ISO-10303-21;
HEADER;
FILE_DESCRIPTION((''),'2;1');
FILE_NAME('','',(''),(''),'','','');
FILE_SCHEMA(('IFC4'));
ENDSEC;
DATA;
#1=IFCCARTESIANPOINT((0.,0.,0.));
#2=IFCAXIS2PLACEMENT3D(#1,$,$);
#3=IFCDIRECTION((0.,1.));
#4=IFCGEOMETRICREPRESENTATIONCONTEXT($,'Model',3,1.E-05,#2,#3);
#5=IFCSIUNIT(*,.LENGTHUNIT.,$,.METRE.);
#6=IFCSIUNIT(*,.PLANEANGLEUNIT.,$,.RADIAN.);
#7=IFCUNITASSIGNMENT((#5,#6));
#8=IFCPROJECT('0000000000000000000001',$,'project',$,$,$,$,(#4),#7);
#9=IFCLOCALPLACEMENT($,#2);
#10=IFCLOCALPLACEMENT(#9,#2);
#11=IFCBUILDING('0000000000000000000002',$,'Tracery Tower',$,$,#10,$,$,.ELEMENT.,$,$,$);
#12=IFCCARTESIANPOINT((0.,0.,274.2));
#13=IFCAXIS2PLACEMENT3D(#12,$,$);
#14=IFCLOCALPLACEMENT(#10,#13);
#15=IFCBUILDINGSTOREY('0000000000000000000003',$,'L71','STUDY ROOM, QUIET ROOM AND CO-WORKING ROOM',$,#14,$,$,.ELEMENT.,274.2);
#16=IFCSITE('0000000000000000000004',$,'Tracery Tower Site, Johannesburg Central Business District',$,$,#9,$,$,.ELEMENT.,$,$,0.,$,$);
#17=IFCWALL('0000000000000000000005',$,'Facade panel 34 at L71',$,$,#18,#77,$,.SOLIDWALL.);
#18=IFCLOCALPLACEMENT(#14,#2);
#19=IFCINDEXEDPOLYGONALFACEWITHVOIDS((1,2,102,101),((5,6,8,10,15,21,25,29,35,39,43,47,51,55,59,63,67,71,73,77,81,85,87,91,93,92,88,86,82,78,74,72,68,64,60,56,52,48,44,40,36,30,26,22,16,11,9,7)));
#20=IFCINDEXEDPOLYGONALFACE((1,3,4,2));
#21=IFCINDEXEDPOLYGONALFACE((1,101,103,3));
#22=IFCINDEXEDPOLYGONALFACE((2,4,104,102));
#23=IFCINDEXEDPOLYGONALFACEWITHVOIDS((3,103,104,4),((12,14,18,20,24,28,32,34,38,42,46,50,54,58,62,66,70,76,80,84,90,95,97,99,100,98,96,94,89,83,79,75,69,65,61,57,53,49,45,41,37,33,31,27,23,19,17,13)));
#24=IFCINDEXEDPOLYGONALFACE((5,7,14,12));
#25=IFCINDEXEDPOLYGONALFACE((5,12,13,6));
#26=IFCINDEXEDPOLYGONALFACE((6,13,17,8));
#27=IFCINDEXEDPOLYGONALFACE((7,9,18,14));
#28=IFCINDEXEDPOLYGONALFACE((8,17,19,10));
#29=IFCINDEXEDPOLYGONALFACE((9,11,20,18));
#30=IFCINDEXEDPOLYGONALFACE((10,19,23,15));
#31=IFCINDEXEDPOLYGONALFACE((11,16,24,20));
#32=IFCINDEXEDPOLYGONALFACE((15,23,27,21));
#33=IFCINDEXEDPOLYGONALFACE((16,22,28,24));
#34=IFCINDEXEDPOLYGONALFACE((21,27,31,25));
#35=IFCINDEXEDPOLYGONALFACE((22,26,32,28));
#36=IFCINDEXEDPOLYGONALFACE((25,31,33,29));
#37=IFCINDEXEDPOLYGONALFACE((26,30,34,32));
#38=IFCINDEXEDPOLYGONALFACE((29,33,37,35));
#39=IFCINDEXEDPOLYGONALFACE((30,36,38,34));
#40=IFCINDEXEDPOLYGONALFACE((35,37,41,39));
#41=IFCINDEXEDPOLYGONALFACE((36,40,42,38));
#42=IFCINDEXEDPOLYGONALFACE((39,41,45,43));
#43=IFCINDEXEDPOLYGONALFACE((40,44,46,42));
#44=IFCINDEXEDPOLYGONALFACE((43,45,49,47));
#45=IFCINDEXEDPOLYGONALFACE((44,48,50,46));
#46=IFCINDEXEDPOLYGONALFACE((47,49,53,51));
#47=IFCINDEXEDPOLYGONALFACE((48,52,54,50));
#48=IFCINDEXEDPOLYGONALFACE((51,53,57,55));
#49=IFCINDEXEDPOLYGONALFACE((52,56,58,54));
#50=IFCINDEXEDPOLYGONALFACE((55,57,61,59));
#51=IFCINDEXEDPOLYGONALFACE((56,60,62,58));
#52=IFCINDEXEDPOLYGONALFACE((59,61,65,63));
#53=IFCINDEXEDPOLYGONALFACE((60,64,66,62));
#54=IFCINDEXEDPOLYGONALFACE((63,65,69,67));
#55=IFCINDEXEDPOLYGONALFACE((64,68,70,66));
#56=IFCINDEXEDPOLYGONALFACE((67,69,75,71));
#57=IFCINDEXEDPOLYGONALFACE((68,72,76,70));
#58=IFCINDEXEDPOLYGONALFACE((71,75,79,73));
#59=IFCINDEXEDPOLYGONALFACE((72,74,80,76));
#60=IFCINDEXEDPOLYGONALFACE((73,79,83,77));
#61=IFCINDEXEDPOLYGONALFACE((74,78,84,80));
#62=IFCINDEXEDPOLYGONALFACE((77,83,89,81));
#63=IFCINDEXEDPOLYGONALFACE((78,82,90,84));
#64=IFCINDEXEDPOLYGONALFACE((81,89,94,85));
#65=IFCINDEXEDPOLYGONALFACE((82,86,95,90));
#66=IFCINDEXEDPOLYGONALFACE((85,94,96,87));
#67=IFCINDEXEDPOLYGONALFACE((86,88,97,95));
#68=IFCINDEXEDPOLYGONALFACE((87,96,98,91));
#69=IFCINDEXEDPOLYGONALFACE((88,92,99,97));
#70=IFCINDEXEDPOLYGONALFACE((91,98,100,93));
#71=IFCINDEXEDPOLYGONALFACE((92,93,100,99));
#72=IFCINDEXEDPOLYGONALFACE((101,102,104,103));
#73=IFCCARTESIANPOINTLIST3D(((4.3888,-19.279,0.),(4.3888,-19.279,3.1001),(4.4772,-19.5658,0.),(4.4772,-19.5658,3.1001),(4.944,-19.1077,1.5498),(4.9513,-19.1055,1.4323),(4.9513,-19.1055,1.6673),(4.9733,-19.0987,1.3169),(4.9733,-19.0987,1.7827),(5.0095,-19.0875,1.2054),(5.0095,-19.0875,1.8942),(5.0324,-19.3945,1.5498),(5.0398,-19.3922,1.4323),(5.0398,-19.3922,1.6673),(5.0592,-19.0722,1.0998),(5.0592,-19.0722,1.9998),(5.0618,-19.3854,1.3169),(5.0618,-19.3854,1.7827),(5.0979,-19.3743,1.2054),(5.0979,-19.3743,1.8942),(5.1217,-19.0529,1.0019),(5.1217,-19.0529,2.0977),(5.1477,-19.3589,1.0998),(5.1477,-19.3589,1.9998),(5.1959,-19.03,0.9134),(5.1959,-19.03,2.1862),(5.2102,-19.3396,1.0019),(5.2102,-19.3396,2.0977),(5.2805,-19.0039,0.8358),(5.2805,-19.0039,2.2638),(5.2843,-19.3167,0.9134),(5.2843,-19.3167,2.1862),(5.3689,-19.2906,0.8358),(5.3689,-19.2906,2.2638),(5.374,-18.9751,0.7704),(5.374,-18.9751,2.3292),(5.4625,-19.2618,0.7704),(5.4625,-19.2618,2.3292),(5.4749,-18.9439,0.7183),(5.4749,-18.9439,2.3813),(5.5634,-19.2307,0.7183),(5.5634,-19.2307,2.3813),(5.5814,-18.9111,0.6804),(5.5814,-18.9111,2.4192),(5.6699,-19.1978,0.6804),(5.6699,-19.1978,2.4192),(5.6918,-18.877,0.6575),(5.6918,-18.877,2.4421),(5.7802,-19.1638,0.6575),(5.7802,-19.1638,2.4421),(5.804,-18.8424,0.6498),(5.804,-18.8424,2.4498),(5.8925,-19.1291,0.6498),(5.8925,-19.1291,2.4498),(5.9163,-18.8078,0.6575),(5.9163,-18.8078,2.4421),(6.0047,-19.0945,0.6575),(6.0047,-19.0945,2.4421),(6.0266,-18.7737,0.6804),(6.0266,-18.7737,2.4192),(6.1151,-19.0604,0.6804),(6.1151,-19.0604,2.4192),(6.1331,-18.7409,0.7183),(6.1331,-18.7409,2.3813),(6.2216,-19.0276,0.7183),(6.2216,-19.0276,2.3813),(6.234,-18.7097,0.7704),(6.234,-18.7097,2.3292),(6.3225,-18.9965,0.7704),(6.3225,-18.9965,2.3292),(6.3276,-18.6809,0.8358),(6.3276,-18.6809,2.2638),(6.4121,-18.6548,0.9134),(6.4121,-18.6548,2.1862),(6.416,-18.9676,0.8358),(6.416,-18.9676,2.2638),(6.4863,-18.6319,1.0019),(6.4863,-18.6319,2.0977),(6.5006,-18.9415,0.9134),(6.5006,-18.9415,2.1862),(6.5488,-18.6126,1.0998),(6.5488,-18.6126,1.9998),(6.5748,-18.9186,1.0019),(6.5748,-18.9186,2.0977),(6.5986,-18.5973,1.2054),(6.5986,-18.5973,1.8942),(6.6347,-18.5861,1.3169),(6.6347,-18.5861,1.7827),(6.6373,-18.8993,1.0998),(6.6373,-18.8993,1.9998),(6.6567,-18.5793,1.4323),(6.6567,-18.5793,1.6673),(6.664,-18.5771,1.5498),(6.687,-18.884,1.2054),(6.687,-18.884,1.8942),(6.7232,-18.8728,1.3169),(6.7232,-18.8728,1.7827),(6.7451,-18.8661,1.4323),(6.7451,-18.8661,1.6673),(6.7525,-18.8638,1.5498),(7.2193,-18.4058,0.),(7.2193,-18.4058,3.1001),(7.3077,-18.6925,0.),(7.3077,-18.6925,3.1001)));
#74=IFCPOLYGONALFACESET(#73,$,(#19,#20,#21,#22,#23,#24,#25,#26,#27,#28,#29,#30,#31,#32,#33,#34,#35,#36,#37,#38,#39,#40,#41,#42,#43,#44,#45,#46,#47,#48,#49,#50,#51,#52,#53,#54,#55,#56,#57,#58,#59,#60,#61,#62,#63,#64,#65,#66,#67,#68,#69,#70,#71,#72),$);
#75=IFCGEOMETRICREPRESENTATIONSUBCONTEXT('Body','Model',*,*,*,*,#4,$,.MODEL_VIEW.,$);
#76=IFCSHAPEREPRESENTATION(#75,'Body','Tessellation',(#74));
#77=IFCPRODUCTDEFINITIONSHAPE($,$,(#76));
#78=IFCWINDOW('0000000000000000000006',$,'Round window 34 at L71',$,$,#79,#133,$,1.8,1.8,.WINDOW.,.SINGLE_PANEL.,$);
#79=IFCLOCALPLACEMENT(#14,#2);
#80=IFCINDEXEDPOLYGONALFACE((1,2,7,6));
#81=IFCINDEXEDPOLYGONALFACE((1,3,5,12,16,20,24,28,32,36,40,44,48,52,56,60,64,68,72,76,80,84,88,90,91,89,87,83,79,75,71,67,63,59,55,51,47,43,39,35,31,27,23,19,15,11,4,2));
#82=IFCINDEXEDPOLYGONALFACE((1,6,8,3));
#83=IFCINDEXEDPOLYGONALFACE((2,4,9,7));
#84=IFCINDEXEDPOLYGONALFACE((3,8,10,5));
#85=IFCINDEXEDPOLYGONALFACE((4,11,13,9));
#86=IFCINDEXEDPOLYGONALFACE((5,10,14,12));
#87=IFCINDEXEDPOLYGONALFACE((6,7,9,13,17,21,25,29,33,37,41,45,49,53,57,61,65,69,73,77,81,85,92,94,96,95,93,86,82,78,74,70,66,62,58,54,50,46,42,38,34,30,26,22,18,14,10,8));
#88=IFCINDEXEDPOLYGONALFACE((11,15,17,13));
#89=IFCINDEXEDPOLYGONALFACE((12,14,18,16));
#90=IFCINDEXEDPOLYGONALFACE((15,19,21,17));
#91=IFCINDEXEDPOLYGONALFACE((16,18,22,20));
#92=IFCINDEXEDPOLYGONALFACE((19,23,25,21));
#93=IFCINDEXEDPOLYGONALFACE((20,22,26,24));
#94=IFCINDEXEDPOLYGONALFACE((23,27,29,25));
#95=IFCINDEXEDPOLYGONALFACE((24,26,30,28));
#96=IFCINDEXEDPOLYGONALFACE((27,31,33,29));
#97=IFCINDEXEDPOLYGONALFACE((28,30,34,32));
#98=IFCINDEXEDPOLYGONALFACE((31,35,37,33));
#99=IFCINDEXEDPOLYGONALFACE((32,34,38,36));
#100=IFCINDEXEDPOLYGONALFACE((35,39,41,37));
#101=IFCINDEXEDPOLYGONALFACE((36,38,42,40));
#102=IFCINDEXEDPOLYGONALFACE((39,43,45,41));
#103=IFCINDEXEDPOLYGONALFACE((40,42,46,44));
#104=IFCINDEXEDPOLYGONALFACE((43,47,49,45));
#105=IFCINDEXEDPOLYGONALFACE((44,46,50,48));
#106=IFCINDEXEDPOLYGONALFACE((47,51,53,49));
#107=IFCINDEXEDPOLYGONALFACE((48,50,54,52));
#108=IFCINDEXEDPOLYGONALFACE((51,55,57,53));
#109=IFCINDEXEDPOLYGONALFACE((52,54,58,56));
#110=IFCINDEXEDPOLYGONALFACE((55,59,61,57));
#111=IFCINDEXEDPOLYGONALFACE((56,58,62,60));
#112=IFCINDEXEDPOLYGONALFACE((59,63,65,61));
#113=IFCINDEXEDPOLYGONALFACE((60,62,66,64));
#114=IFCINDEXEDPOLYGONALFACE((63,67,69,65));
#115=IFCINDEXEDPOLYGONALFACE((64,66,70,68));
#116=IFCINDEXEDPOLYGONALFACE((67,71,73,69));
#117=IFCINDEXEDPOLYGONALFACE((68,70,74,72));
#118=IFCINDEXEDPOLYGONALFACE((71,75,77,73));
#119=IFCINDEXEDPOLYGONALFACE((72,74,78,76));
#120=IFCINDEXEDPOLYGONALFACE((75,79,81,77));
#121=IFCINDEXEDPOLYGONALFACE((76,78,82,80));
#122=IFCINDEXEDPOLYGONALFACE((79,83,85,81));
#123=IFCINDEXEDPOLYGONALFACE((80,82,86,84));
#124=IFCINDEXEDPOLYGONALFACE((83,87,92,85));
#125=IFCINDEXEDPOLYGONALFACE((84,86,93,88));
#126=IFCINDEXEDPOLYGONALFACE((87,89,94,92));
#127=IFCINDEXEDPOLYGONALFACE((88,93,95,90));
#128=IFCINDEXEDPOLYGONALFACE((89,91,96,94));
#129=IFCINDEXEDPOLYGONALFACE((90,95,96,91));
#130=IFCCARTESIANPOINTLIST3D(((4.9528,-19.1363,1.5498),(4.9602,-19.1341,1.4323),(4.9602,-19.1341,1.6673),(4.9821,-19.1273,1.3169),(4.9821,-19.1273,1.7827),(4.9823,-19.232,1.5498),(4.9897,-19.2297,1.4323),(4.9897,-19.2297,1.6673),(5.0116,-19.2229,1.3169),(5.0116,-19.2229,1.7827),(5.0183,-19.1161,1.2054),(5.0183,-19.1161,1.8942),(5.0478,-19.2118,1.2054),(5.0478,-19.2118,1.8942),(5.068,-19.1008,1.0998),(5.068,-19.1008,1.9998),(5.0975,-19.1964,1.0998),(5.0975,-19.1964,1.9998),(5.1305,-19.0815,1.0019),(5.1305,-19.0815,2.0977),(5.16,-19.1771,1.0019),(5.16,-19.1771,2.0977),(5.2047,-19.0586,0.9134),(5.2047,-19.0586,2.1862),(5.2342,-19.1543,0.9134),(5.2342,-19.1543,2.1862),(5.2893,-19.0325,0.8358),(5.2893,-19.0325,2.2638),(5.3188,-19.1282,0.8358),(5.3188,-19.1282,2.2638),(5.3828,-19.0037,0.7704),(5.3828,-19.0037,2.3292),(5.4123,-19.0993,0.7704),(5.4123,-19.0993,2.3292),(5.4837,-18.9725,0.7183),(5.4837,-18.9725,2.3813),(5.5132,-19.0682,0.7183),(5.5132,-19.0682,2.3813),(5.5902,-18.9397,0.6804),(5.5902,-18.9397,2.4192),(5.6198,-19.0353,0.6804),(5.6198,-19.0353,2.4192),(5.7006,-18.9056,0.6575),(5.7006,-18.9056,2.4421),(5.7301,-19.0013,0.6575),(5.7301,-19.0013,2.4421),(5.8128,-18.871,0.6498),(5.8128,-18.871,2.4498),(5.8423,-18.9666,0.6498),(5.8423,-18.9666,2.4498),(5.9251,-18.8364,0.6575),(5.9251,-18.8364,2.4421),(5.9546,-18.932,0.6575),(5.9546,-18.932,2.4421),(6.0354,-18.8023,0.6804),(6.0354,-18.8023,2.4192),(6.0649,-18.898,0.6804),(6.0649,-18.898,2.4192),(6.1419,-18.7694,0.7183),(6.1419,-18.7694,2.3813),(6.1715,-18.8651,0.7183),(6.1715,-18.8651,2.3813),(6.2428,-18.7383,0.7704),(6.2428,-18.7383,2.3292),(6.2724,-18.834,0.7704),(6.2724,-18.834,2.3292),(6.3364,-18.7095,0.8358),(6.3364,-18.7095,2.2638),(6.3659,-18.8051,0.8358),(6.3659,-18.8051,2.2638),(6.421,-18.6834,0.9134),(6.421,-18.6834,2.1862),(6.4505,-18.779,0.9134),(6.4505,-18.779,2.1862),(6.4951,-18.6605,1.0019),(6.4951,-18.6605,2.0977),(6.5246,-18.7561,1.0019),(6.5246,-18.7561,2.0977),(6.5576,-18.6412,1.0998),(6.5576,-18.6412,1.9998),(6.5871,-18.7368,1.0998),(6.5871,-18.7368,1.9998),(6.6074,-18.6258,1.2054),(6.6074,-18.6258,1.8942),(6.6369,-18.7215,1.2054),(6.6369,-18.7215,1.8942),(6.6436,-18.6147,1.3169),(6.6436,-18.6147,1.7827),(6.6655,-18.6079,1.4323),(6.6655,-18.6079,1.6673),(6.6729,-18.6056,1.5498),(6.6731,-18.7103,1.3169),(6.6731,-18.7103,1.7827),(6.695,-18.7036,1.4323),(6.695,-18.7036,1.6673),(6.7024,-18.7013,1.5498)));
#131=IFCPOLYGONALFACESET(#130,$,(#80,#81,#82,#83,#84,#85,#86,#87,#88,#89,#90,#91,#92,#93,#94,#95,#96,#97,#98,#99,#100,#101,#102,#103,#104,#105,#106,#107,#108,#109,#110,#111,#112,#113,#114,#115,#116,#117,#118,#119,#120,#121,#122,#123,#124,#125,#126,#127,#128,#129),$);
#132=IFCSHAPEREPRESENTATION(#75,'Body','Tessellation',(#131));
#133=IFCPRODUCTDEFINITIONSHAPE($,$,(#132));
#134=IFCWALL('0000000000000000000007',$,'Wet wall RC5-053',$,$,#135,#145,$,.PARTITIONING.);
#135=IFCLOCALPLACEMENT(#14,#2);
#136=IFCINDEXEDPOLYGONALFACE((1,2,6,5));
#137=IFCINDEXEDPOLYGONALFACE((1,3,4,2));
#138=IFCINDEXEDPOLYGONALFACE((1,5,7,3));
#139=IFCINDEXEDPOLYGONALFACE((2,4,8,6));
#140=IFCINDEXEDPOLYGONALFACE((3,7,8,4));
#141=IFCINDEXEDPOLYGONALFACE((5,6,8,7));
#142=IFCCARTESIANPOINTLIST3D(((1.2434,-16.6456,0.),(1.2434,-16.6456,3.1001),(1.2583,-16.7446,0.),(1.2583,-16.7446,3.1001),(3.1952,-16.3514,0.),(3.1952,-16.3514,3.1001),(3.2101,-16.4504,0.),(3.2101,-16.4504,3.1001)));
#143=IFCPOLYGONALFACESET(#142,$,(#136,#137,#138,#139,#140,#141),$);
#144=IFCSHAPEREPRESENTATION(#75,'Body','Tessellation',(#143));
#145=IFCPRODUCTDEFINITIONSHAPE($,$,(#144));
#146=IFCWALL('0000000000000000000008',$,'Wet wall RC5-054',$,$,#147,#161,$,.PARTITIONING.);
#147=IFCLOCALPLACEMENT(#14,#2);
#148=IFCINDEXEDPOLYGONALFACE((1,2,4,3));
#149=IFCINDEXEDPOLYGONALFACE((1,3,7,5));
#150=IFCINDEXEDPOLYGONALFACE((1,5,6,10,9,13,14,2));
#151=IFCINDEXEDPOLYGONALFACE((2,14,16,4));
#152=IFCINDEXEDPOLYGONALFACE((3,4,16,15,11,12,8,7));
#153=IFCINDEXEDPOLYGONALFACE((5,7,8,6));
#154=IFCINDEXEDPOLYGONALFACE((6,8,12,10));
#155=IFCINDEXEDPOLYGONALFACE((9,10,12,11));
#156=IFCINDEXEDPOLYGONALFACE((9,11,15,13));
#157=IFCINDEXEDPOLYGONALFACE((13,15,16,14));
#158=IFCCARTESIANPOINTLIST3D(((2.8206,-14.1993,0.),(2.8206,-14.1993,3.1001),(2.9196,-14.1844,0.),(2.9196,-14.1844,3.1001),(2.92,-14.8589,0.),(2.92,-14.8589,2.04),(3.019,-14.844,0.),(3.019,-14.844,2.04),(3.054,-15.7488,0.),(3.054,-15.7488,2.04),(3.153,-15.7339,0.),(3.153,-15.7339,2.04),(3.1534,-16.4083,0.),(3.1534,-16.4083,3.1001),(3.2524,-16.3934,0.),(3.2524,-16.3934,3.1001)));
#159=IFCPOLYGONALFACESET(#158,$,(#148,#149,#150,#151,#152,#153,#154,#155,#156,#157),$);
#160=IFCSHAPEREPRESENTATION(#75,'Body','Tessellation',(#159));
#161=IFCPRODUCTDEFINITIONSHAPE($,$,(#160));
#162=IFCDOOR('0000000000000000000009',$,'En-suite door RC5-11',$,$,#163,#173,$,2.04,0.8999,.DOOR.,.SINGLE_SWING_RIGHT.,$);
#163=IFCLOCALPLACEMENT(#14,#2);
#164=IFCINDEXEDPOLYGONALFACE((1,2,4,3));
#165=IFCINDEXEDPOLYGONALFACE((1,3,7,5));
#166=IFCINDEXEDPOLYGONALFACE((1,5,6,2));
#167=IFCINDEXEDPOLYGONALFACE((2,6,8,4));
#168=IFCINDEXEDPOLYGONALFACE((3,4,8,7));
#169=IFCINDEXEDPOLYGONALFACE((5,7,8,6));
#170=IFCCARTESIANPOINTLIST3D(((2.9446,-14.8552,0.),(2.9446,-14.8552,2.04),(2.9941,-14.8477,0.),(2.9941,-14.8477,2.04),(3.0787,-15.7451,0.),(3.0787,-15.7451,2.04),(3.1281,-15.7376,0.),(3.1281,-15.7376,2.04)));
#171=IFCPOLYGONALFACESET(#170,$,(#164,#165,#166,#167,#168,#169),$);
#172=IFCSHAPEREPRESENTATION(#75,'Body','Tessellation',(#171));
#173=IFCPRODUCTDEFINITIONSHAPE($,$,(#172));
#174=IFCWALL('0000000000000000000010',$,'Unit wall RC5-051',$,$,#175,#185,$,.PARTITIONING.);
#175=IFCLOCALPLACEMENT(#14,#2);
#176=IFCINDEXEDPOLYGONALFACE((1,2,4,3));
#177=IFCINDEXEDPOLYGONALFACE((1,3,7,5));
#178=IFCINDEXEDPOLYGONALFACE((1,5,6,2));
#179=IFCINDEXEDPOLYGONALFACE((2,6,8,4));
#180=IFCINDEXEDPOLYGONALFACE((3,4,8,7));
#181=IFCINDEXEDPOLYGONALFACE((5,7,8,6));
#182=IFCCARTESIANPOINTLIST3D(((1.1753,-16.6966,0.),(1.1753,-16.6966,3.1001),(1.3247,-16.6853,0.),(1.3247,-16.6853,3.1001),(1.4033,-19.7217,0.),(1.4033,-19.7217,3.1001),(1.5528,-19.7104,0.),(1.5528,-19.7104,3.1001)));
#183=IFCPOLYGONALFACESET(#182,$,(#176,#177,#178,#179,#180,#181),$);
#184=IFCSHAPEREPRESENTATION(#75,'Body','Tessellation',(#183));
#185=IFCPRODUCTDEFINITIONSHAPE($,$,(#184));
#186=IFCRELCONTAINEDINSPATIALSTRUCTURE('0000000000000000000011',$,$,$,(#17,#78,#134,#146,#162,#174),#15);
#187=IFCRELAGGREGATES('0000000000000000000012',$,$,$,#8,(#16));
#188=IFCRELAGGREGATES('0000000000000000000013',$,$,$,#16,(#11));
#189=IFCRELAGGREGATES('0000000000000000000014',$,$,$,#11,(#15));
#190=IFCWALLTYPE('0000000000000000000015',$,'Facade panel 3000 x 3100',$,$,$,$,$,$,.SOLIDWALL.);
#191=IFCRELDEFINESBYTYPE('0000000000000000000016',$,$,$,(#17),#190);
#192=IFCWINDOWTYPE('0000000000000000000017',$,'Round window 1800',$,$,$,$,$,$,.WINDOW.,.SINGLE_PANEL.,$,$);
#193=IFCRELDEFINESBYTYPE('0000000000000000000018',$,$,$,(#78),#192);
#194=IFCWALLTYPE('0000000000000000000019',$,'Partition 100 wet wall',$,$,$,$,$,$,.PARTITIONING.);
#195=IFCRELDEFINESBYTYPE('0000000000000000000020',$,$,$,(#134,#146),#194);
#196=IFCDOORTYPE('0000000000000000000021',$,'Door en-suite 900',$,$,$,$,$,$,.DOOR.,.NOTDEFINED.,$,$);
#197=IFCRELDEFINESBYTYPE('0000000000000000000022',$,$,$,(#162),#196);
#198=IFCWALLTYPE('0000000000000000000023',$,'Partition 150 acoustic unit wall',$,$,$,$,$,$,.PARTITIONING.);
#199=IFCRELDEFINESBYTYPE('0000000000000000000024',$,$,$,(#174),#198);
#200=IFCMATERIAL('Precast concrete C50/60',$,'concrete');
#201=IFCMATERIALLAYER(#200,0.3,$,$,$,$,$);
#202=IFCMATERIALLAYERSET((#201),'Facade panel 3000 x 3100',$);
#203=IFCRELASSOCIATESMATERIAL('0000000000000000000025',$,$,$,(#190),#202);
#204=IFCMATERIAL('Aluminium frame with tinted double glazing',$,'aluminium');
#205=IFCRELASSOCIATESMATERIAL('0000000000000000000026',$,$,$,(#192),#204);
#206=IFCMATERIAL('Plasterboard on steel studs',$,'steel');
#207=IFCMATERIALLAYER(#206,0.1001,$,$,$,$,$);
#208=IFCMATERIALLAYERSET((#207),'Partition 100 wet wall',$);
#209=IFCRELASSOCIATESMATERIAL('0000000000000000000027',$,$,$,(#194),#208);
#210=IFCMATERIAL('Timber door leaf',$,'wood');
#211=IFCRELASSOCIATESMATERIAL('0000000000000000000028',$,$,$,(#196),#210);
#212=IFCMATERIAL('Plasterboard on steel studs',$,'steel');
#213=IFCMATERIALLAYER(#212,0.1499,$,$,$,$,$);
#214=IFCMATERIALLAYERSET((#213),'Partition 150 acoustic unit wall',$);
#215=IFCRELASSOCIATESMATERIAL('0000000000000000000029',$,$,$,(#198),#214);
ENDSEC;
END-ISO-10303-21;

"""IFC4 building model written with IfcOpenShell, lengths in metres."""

from ifc_helpers import new_model, si_unit, direction, frame, frame_2d, origin, origin_2d, place, context, subcontext, project, spatial, rectangle, circle, extrude, material, layer, layer_set, type_object, element, fill, save


model = new_model("IFC4")

# Units and contexts
model_context = context("Model", 3, precision=1e-05, world=origin(), true_north=direction((0.0, 1.0)))
body_context = subcontext(model_context, "Body", "Model", "MODEL_VIEW")
ifc_project = project(units=[si_unit("LENGTHUNIT", "METRE"), si_unit("PLANEANGLEUNIT", "RADIAN")], contexts=[model_context])

# Site, building, storey
site_placement = place(None, origin())
site = spatial("IfcSite", under=ifc_project, at=site_placement, Name="Tracery Tower Site, Johannesburg Central Business District", CompositionType="ELEMENT", RefElevation=0.0)
building_placement = place(site_placement, origin())
building = spatial("IfcBuilding", under=site, at=building_placement, Name="Tracery Tower", CompositionType="ELEMENT")
storey_placement = place(building_placement, frame((0.0, 0.0, 274.2)))
storey = spatial("IfcBuildingStorey", under=building, at=storey_placement, Name="L71", Description="STUDY ROOM, QUIET ROOM AND CO-WORKING ROOM", CompositionType="ELEMENT", Elevation=274.2)

# Wall, opening, window
ifc_material_1 = material(Name="Precast concrete C50/60", Category="concrete")
ifc_layer_1 = layer(ifc_material_1, 0.3)
ifc_layer_set_1 = layer_set([ifc_layer_1], Name="Facade panel 3000 x 3100")
wall_type_1 = type_object("IfcWallType", Name="Facade panel 3000 x 3100", PredefinedType="SOLIDWALL", material=ifc_layer_set_1)
ifc_material_2 = material(Name="Aluminium frame with tinted double glazing", Category="aluminium")
window_type = type_object("IfcWindowType", Name="Round window 1800", PartitioningType="SINGLE_PANEL", PredefinedType="WINDOW", material=ifc_material_2)
wall_1_placement = place(storey_placement, frame((4.4331, -19.4224, 0.0), z_axis=(0.0, 0.0, 1.0), x_axis=(0.955556, 0.29481, 0.0)))
wall_1 = element("IfcWall", 1, at=wall_1_placement, inside=storey, type_object=wall_type_1, Name="Facade panel 34 at L71", PredefinedType="SOLIDWALL", context=body_context, shape_type="SweptSolid", body=[
    extrude(rectangle(XDim=2.9622, YDim=0.3, at=frame_2d((1.481, 0.0))), origin(), (0.0, 0.0, 1.0), 3.1001),
])
opening_1_placement = place(wall_1_placement, frame((1.481, 0.0, 1.5498)))
opening_1 = element("IfcOpeningElement", 2, at=opening_1_placement, cuts=wall_1, PredefinedType="OPENING", context=body_context, shape_type="SweptSolid", body=[
    extrude(circle(Radius=0.9, at=origin_2d()), frame((0.0, 0.1599, 0.0), z_axis=(0.0, -1.0, 0.0), x_axis=(1.0, 0.0, 0.0)), (0.0, 0.0, 1.0), 0.3201),
])
window_1_placement = place(opening_1_placement, origin())
window_1 = element("IfcWindow", 3, at=window_1_placement, inside=storey, type_object=window_type, Name="Round window 34 at L71", OverallHeight=1.8, OverallWidth=1.8, PartitioningType="SINGLE_PANEL", PredefinedType="WINDOW", context=body_context, shape_type="SweptSolid", body=[
    extrude(circle(Radius=0.9, at=origin_2d()), frame((0.0, 0.1201, 0.0), z_axis=(0.0, -1.0, 0.0), x_axis=(1.0, 0.0, 0.0)), (0.0, 0.0, 1.0), 0.1001),
])
fill(opening_1, window_1)

# Wall
ifc_material_3 = material(Name="Plasterboard on steel studs", Category="steel")
ifc_layer_2 = layer(ifc_material_3, 0.1001)
ifc_layer_set_2 = layer_set([ifc_layer_2], Name="Partition 100 wet wall")
wall_type_2 = type_object("IfcWallType", Name="Partition 100 wet wall", PredefinedType="PARTITIONING", material=ifc_layer_set_2)
wall_2_placement = place(storey_placement, frame((1.251, -16.6951, 0.0), z_axis=(0.0, 0.0, 1.0), x_axis=(0.988832, 0.149036, 0.0)))
element("IfcWall", 4, at=wall_2_placement, inside=storey, type_object=wall_type_2, Name="Wet wall RC5-053", PredefinedType="PARTITIONING", context=body_context, shape_type="SweptSolid", body=[
    extrude(rectangle(XDim=1.9739, YDim=0.1001, at=frame_2d((0.9868, 0.0))), origin(), (0.0, 0.0, 1.0), 3.1001),
])

# Wall, opening, door
wall_3_placement = place(storey_placement, frame((2.8701, -14.1919, 0.0), z_axis=(0.0, 0.0, 1.0), x_axis=(0.14896, -0.988843, 0.0)))
wall_3 = element("IfcWall", 5, at=wall_3_placement, inside=storey, type_object=wall_type_2, Name="Wet wall RC5-054", PredefinedType="PARTITIONING", context=body_context, shape_type="SweptSolid", body=[
    extrude(rectangle(XDim=2.2339, YDim=0.1001, at=frame_2d((1.1169, 0.0))), origin(), (0.0, 0.0, 1.0), 3.1001),
])
opening_2_placement = place(wall_3_placement, frame((0.667, 0.0, 0.0)))
opening_2 = element("IfcOpeningElement", 6, at=opening_2_placement, cuts=wall_3, PredefinedType="OPENING", context=body_context, shape_type="SweptSolid", body=[
    extrude(rectangle(XDim=0.8999, YDim=2.04, at=frame_2d((0.45, 1.02))), frame((0.0, 0.05, 0.0), z_axis=(0.0, -1.0, 0.0), x_axis=(1.0, 0.0, 0.0)), (0.0, 0.0, 1.0), 0.1001),
])
ifc_material_4 = material(Name="Timber door leaf", Category="wood")
door_type_1 = type_object("IfcDoorType", Name="Door en-suite 900", OperationType="NOTDEFINED", PredefinedType="DOOR", material=ifc_material_4)
door_1_placement = place(opening_2_placement, origin())
door_1 = element("IfcDoor", 7, at=door_1_placement, inside=storey, type_object=door_type_1, Name="En-suite door RC5-11", OperationType="SINGLE_SWING_RIGHT", OverallHeight=2.04, OverallWidth=0.8999, PredefinedType="DOOR", context=body_context, shape_type="SweptSolid", body=[
    extrude(rectangle(XDim=0.8999, YDim=2.04, at=frame_2d((0.45, 1.02))), frame((0.0, 0.0249, 0.0), z_axis=(0.0, -1.0, 0.0), x_axis=(1.0, 0.0, 0.0)), (0.0, 0.0, 1.0), 0.05),
])
fill(opening_2, door_1)

# Wall
ifc_material_5 = material(Name="Plasterboard on steel studs", Category="steel")
ifc_layer_3 = layer(ifc_material_5, 0.1499)
ifc_layer_set_3 = layer_set([ifc_layer_3], Name="Partition 150 acoustic unit wall")
wall_type_3 = type_object("IfcWallType", Name="Partition 150 acoustic unit wall", PredefinedType="PARTITIONING", material=ifc_layer_set_3)
wall_4_placement = place(storey_placement, frame((1.25, -16.6909, 0.0), z_axis=(0.0, 0.0, 1.0), x_axis=(0.075164, -0.997171, 0.0)))
element("IfcWall", 8, at=wall_4_placement, inside=storey, type_object=wall_type_3, Name="Unit wall RC5-051", PredefinedType="PARTITIONING", context=body_context, shape_type="SweptSolid", body=[
    extrude(rectangle(XDim=3.0337, YDim=0.1499, at=frame_2d((1.5168, 0.0))), origin(), (0.0, 0.0, 1.0), 3.1001),
])

save(model, "model.ifc")
